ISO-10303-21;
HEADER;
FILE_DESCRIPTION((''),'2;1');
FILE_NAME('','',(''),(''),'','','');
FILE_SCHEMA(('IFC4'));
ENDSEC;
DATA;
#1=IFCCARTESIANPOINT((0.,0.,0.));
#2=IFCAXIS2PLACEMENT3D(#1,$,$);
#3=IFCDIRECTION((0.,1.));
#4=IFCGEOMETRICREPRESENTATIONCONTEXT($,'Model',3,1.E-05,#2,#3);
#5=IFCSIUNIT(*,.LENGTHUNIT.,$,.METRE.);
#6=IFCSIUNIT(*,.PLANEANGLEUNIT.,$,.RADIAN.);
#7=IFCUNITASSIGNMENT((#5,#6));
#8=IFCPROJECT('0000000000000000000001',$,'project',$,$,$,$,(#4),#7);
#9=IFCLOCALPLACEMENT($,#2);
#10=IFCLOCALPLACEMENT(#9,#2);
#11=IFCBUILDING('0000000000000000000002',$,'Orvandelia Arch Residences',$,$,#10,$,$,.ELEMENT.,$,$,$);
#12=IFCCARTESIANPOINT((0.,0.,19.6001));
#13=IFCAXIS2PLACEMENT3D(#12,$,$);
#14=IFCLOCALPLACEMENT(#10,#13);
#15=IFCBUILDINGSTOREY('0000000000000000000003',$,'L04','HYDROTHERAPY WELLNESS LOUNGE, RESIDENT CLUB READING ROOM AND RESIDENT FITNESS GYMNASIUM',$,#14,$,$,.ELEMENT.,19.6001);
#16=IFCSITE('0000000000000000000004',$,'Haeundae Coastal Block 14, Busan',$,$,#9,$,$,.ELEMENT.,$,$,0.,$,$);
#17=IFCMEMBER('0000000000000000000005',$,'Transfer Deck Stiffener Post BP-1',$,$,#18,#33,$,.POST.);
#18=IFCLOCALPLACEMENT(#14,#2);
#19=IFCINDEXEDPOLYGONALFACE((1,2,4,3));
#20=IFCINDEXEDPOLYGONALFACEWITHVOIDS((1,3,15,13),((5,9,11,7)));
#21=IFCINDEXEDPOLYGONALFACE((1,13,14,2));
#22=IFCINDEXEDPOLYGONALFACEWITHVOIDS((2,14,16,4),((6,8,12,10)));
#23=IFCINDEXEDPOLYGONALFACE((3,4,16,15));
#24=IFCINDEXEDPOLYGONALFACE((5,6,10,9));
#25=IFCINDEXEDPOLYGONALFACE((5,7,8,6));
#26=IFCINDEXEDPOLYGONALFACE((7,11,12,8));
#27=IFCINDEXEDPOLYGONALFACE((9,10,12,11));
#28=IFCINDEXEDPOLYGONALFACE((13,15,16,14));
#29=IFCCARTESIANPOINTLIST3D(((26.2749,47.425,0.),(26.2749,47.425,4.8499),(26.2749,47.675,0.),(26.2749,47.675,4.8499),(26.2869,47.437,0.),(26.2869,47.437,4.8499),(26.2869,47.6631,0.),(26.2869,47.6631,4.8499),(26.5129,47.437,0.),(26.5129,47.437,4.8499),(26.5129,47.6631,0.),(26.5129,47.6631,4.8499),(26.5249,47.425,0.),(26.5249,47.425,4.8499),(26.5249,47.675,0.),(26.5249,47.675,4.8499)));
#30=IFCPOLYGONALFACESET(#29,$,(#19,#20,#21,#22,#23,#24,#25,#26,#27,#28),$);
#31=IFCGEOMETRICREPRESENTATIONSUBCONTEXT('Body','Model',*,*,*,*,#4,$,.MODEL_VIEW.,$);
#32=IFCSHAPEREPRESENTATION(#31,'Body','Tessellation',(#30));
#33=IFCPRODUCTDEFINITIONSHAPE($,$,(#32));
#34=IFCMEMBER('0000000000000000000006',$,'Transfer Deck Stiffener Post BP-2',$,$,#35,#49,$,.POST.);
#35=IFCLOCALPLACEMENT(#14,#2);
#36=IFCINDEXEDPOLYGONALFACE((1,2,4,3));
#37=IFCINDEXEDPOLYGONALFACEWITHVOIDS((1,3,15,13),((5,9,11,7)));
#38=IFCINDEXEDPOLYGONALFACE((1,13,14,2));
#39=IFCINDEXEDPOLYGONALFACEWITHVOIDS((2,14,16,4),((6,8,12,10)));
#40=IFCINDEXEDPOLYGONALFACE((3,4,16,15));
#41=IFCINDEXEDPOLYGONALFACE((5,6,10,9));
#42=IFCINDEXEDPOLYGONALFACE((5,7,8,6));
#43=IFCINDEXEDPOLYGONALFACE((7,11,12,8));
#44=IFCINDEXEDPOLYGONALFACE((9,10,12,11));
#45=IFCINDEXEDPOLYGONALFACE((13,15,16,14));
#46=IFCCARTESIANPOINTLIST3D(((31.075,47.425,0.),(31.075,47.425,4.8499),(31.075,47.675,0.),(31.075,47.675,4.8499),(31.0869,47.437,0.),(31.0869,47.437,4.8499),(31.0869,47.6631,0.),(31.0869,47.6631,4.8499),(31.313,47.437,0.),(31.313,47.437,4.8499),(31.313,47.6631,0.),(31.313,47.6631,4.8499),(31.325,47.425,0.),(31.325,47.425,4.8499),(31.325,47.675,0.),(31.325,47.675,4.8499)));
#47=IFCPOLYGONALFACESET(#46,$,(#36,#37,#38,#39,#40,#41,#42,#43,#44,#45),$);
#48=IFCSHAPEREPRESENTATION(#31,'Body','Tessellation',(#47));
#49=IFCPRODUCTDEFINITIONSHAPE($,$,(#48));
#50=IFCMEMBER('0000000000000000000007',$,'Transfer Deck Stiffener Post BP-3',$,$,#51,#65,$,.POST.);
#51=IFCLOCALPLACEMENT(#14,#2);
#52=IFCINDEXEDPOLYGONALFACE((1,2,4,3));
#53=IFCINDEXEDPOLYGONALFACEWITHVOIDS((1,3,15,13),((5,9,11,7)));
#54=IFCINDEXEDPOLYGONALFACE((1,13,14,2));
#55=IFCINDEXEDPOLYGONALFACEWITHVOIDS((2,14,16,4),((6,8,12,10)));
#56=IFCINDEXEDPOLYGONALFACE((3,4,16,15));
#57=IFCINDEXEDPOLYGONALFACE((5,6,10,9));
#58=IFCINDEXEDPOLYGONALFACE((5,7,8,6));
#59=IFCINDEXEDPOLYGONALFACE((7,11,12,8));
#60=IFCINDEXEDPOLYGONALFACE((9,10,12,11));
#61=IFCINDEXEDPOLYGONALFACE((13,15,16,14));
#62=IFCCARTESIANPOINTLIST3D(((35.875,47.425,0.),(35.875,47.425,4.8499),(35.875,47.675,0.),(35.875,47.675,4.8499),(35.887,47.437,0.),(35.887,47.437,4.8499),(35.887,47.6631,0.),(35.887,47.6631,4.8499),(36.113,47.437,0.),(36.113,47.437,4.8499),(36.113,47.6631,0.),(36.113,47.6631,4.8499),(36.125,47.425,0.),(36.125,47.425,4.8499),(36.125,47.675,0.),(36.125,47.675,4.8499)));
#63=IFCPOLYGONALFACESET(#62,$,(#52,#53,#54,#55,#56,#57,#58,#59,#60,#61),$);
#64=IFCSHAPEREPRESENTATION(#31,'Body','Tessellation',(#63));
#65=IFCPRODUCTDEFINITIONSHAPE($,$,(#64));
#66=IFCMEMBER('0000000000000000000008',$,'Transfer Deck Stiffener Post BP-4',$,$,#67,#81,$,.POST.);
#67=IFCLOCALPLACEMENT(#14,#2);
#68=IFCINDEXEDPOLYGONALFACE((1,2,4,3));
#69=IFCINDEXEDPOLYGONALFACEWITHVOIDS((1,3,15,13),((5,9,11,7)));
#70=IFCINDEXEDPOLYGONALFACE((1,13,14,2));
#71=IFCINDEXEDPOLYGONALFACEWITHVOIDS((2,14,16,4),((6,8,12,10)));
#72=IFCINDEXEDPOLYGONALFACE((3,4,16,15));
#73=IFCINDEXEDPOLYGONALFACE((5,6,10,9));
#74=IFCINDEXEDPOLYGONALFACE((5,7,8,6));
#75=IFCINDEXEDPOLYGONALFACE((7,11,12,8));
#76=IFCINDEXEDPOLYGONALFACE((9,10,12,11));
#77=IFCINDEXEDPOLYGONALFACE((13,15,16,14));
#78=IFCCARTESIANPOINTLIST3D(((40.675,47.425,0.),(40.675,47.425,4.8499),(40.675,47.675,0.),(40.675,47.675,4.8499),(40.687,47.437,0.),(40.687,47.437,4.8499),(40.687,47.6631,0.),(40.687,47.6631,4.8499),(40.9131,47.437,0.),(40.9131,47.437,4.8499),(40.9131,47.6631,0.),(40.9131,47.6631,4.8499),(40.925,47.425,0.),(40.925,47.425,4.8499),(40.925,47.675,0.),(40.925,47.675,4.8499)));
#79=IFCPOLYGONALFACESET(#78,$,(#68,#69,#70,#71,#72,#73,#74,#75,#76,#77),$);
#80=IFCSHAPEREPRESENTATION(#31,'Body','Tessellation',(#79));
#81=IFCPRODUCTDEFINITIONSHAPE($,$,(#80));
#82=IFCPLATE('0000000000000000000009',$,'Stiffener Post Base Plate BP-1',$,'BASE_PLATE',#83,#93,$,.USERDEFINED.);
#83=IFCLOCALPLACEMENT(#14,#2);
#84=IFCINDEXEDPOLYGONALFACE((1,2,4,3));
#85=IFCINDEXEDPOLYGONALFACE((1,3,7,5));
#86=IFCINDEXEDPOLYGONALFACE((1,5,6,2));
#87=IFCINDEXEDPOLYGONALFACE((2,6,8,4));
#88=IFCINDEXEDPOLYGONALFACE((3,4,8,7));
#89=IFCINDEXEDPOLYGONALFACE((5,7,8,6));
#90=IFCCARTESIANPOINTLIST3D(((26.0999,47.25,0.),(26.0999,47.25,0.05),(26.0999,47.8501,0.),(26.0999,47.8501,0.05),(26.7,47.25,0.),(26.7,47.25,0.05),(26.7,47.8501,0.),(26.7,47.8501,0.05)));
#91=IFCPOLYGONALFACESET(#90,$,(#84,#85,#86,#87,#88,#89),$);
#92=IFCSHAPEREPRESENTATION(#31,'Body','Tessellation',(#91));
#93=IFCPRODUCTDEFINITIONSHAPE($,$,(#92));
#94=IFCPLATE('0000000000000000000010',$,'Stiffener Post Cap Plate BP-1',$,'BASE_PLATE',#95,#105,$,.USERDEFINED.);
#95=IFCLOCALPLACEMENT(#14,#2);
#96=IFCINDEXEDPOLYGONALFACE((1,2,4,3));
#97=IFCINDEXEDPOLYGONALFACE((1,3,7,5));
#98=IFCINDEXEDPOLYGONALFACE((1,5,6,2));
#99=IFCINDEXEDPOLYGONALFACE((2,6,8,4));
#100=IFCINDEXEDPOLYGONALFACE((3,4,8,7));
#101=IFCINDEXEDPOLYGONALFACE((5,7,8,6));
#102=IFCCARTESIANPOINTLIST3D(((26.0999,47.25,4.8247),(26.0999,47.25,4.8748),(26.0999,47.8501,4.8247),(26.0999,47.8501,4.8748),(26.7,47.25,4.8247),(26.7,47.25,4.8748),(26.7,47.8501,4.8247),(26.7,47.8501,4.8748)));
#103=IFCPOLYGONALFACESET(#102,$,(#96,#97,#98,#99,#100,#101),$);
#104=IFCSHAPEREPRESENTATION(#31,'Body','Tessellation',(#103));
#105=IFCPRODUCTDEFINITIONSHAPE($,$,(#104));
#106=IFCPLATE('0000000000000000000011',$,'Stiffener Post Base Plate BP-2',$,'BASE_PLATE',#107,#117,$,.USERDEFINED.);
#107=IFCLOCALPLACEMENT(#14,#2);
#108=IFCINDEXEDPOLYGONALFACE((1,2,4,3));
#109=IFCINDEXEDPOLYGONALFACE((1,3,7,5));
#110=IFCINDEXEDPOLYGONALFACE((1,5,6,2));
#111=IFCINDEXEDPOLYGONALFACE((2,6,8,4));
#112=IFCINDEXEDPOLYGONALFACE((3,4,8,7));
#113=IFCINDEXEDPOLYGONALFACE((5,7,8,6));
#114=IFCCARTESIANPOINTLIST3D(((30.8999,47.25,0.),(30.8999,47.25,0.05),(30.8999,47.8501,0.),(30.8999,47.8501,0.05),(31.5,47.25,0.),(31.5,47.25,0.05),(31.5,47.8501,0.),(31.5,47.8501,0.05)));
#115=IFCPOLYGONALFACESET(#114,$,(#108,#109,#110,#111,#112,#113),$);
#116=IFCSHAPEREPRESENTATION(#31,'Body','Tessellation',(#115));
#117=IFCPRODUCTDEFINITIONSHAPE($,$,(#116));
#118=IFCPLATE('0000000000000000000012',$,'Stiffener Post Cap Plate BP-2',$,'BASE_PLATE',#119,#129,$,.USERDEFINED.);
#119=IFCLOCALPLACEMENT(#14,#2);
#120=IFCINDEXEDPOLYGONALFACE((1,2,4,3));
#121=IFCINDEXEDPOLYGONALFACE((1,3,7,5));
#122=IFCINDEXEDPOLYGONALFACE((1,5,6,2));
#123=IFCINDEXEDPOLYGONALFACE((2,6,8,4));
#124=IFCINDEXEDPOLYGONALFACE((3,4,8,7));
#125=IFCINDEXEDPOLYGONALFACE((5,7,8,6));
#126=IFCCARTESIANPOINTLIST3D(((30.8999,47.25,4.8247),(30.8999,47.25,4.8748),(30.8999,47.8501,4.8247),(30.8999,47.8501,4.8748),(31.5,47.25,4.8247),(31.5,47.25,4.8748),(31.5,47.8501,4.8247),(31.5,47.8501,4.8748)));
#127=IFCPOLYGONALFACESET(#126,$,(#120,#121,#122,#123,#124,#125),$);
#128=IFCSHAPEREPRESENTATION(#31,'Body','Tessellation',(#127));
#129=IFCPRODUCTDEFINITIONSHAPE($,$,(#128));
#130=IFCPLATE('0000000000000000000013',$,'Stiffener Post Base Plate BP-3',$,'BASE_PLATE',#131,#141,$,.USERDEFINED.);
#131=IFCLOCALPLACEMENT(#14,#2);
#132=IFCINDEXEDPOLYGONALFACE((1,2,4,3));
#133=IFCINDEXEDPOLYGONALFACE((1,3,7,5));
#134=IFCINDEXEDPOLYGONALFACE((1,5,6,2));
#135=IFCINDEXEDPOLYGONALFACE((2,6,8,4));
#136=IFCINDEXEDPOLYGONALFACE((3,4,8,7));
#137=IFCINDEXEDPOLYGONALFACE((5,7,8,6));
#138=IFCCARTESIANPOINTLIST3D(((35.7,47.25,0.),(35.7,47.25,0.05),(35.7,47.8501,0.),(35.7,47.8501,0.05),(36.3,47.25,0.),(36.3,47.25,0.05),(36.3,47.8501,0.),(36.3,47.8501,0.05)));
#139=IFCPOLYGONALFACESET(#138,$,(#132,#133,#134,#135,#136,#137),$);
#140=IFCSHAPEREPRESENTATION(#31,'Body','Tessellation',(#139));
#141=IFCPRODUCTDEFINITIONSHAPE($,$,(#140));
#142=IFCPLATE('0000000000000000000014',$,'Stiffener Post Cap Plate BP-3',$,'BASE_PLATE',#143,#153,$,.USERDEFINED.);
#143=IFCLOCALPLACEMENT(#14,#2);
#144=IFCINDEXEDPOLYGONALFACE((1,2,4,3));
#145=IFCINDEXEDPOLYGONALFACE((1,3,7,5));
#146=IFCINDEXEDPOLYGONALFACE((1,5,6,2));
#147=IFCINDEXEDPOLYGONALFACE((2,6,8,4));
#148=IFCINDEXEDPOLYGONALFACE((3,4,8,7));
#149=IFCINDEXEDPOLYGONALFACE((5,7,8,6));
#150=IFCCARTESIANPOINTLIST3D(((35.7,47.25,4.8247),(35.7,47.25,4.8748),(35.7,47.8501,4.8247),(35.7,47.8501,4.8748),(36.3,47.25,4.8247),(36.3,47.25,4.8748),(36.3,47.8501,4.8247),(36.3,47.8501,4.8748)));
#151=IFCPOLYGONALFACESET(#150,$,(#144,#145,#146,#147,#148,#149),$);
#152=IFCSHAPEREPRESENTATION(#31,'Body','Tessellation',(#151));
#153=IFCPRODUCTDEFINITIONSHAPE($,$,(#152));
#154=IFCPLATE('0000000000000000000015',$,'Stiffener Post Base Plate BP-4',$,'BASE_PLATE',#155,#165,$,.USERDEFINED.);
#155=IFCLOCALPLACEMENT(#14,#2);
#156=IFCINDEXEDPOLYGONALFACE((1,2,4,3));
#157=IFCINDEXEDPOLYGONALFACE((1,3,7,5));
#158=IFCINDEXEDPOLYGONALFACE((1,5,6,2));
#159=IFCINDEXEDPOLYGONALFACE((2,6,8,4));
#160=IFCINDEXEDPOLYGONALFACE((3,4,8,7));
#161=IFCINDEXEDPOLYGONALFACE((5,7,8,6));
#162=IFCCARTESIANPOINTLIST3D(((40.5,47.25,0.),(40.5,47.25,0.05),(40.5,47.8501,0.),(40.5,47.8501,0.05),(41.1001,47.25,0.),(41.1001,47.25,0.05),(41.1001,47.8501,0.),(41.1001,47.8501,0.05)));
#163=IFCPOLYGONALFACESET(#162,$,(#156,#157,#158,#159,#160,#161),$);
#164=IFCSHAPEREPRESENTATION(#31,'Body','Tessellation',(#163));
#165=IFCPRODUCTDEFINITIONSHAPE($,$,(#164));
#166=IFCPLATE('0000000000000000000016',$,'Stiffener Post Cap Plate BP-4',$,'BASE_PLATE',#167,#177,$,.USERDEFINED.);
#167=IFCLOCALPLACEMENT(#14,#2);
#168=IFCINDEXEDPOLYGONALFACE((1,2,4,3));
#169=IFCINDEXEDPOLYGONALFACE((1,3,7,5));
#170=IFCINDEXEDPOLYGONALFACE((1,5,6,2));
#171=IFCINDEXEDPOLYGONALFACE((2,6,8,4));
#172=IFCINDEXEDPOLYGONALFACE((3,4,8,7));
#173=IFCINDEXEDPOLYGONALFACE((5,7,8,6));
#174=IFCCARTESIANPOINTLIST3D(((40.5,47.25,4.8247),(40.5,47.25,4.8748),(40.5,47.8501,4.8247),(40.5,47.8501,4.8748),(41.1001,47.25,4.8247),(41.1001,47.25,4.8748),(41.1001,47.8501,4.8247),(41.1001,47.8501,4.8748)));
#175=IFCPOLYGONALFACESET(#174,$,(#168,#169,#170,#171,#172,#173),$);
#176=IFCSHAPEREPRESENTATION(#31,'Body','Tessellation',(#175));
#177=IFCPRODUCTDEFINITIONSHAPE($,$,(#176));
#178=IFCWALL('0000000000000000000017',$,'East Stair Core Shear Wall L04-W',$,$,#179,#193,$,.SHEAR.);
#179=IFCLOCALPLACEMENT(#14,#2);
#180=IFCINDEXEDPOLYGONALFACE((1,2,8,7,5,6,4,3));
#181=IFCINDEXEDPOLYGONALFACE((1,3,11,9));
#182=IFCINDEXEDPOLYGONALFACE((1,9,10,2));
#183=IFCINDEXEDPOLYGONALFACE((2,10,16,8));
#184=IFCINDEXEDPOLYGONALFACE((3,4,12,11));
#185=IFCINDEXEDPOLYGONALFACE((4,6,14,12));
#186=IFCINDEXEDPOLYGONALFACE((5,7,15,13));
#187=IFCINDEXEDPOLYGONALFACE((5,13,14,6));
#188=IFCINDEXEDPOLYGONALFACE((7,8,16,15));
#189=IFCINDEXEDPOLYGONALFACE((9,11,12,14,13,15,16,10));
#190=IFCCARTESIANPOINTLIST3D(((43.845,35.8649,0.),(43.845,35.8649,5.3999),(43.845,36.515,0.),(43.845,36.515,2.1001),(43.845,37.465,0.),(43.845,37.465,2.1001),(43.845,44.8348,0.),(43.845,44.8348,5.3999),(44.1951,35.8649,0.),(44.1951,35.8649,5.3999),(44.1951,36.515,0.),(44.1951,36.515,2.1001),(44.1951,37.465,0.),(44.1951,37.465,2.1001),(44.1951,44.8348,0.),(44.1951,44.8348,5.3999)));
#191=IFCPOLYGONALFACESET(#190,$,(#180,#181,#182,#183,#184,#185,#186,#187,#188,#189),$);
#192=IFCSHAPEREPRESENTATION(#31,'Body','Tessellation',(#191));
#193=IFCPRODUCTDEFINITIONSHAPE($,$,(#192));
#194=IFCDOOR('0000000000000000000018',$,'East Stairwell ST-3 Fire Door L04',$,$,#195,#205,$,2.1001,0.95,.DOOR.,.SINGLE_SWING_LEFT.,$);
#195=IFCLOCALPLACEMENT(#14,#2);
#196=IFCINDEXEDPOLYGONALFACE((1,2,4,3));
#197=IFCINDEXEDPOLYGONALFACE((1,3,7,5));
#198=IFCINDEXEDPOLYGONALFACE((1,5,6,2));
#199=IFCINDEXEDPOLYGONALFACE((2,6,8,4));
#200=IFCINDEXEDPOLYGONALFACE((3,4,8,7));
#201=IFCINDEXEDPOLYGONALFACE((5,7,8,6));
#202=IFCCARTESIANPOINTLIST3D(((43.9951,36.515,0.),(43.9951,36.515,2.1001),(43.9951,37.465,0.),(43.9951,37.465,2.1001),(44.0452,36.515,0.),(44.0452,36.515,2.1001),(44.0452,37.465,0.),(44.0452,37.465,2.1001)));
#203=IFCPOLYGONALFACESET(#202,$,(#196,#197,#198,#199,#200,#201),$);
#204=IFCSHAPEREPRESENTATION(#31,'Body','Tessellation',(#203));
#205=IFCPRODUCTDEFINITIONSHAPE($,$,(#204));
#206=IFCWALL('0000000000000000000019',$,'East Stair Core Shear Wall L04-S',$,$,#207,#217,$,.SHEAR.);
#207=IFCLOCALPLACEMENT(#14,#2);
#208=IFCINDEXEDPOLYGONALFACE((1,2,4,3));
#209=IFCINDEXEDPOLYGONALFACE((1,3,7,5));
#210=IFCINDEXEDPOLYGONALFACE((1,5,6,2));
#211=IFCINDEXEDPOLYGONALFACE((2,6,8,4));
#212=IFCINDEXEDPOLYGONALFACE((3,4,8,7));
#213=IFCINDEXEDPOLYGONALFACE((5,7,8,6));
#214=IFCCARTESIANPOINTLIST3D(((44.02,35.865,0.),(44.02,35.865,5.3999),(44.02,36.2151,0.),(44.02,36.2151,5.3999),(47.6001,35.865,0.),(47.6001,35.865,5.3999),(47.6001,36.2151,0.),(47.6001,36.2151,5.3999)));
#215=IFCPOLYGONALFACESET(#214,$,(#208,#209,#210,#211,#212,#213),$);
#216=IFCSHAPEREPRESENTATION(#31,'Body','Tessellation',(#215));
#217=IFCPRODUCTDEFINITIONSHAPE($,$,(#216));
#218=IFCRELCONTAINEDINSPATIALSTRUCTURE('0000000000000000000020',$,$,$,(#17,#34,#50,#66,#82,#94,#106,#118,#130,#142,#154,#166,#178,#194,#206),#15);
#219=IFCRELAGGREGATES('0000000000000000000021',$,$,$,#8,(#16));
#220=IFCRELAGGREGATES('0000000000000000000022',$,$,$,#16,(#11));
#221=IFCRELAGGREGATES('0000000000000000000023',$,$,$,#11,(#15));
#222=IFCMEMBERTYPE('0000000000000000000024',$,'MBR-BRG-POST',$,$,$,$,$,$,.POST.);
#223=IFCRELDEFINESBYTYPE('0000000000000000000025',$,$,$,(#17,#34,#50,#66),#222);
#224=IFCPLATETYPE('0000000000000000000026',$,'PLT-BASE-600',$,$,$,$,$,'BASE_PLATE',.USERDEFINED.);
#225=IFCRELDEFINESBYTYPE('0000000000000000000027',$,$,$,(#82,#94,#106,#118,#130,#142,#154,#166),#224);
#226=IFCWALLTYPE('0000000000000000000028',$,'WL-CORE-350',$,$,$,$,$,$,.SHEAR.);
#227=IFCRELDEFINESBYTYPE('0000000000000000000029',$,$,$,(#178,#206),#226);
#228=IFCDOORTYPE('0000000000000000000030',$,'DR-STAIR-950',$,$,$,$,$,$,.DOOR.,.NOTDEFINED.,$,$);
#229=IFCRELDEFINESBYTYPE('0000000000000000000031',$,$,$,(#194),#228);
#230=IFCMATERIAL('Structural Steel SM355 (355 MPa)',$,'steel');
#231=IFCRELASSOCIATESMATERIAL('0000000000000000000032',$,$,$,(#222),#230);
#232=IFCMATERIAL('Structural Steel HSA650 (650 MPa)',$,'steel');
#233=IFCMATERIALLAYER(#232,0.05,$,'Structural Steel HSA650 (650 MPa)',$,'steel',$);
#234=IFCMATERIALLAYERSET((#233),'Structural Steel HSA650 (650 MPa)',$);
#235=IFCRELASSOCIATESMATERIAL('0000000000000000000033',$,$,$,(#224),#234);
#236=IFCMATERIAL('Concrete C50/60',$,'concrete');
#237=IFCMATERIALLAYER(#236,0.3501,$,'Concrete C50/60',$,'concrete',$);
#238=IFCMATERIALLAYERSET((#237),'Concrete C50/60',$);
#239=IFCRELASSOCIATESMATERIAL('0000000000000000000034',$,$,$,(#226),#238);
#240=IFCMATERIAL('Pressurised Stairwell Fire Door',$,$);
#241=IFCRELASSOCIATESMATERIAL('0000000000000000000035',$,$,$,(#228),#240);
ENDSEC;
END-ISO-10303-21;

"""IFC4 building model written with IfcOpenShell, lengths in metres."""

from ifc_helpers import new_model, si_unit, direction, frame, frame_2d, origin, origin_2d, place, context, subcontext, project, spatial, rectangle, hollow_rectangle, extrude, material, layer, layer_set, material_profile, profile_set, type_object, element, fill, save


model = new_model("IFC4")

# Units and contexts
model_context = context("Model", 3, precision=1e-05, world=origin(), true_north=direction((0.0, 1.0)))
body_context = subcontext(model_context, "Body", "Model", "MODEL_VIEW")
ifc_project = project(units=[si_unit("LENGTHUNIT", "METRE"), si_unit("PLANEANGLEUNIT", "RADIAN")], contexts=[model_context])

# Site, building, storey
site_placement = place(None, origin())
site = spatial("IfcSite", under=ifc_project, at=site_placement, Name="Haeundae Coastal Block 14, Busan", CompositionType="ELEMENT", RefElevation=0.0)
building_placement = place(site_placement, origin())
building = spatial("IfcBuilding", under=site, at=building_placement, Name="Orvandelia Arch Residences", CompositionType="ELEMENT")
storey_placement = place(building_placement, frame((0.0, 0.0, 19.6001)))
storey = spatial("IfcBuildingStorey", under=building, at=storey_placement, Name="L04", Description="HYDROTHERAPY WELLNESS LOUNGE, RESIDENT CLUB READING ROOM AND RESIDENT FITNESS GYMNASIUM", CompositionType="ELEMENT", Elevation=19.6001)

# Shared definitions
ifc_material_1 = material(Name="Structural Steel HSA650 (650 MPa)", Category="steel")

# Members
ifc_material_2 = material(Name="Structural Steel SM355 (355 MPa)", Category="steel")
ifc_material_profile_1 = material_profile(ifc_material_2, hollow_rectangle(XDim=0.25, YDim=0.25, WallThickness=0.012, at=origin_2d()), Name="Structural Steel SM355 (355 MPa)", Category="steel")
ifc_profile_set_1 = profile_set([ifc_material_profile_1], Name="Structural Steel SM355 (355 MPa)")
member_type = type_object("IfcMemberType", Name="MBR-BRG-POST", PredefinedType="POST", material=ifc_profile_set_1)
for number, where, z_axis, x_axis, name in (
    (1, (26.3999, 47.55, 0.0), (0.0, 0.0, 1.0), (1.0, 0.0, 0.0), "Transfer Deck Stiffener Post BP-1"),
    (2, (31.2, 47.55, 0.0), (0.0, 0.0, 1.0), (1.0, 0.0, 0.0), "Transfer Deck Stiffener Post BP-2"),
    (3, (36.0, 47.55, 0.0), (0.0, 0.0, 1.0), (1.0, 0.0, 0.0), "Transfer Deck Stiffener Post BP-3"),
    (4, (40.8, 47.55, 0.0), (0.0, 0.0, 1.0), (1.0, 0.0, 0.0), "Transfer Deck Stiffener Post BP-4"),
):
    element("IfcMember", number, at=place(storey_placement, frame(where, z_axis=z_axis, x_axis=x_axis)), inside=storey, type_object=member_type, Name=name, PredefinedType="POST", context=body_context, shape_type="SweptSolid", body=[
        extrude(hollow_rectangle(XDim=0.25, YDim=0.25, WallThickness=0.012, at=origin_2d()), origin(), (0.0, 0.0, 1.0), 4.8499),
    ])

# Plates
ifc_layer_1 = layer(ifc_material_1, 0.05, Name="Structural Steel HSA650 (650 MPa)", Category="steel")
ifc_layer_set_1 = layer_set([ifc_layer_1], Name="Structural Steel HSA650 (650 MPa)")
plate_type = type_object("IfcPlateType", Name="PLT-BASE-600", ElementType="BASE_PLATE", PredefinedType="USERDEFINED", material=ifc_layer_set_1)
for number, where, z_axis, x_axis, name in (
    (5, (26.3999, 47.55, 0.0), (0.0, 0.0, 1.0), (1.0, 0.0, 0.0), "Stiffener Post Base Plate BP-1"),
    (6, (26.3999, 47.55, 4.8247), (0.0, 0.0, 1.0), (1.0, 0.0, 0.0), "Stiffener Post Cap Plate BP-1"),
    (7, (31.2, 47.55, 0.0), (0.0, 0.0, 1.0), (1.0, 0.0, 0.0), "Stiffener Post Base Plate BP-2"),
    (8, (31.2, 47.55, 4.8247), (0.0, 0.0, 1.0), (1.0, 0.0, 0.0), "Stiffener Post Cap Plate BP-2"),
    (9, (36.0, 47.55, 0.0), (0.0, 0.0, 1.0), (1.0, 0.0, 0.0), "Stiffener Post Base Plate BP-3"),
    (10, (36.0, 47.55, 4.8247), (0.0, 0.0, 1.0), (1.0, 0.0, 0.0), "Stiffener Post Cap Plate BP-3"),
    (11, (40.8, 47.55, 0.0), (0.0, 0.0, 1.0), (1.0, 0.0, 0.0), "Stiffener Post Base Plate BP-4"),
    (12, (40.8, 47.55, 4.8247), (0.0, 0.0, 1.0), (1.0, 0.0, 0.0), "Stiffener Post Cap Plate BP-4"),
):
    element("IfcPlate", number, at=place(storey_placement, frame(where, z_axis=z_axis, x_axis=x_axis)), inside=storey, type_object=plate_type, Name=name, ObjectType="BASE_PLATE", PredefinedType="USERDEFINED", context=body_context, shape_type="SweptSolid", body=[
        extrude(rectangle(XDim=0.6001, YDim=0.6001, at=origin_2d()), origin(), (0.0, 0.0, 1.0), 0.05),
    ])

# Wall, opening, door
ifc_material_3 = material(Name="Concrete C50/60", Category="concrete")
ifc_layer_2 = layer(ifc_material_3, 0.3501, Name="Concrete C50/60", Category="concrete")
ifc_layer_set_2 = layer_set([ifc_layer_2], Name="Concrete C50/60")
wall_type_1 = type_object("IfcWallType", Name="WL-CORE-350", PredefinedType="SHEAR", material=ifc_layer_set_2)
wall_1_placement = place(storey_placement, frame((44.02, 35.865, 0.0), z_axis=(0.0, 0.0, 1.0), x_axis=(0.0, 1.0, 0.0)))
wall_1 = element("IfcWall", 13, at=wall_1_placement, inside=storey, type_object=wall_type_1, Name="East Stair Core Shear Wall L04-W", PredefinedType="SHEAR", context=body_context, shape_type="SweptSolid", body=[
    extrude(rectangle(XDim=8.97, YDim=0.3501, at=frame_2d((4.4849, 0.0))), origin(), (0.0, 0.0, 1.0), 5.3999),
])
opening_placement = place(wall_1_placement, frame((0.6499, 0.0, 0.0)))
opening = element("IfcOpeningElement", 14, at=opening_placement, cuts=wall_1, PredefinedType="OPENING", context=body_context, shape_type="SweptSolid", body=[
    extrude(rectangle(XDim=0.95, YDim=2.1001, at=frame_2d((0.4751, 1.05))), frame((0.0, 0.1851, 0.0), z_axis=(0.0, -1.0, 0.0), x_axis=(1.0, 0.0, 0.0)), (0.0, 0.0, 1.0), 0.3701),
])
ifc_material_4 = material(Name="Pressurised Stairwell Fire Door")
door_type = type_object("IfcDoorType", Name="DR-STAIR-950", OperationType="NOTDEFINED", PredefinedType="DOOR", material=ifc_material_4)
door_placement = place(opening_placement, origin())
door = element("IfcDoor", 15, at=door_placement, inside=storey, type_object=door_type, Name="East Stairwell ST-3 Fire Door L04", OperationType="SINGLE_SWING_LEFT", OverallHeight=2.1001, OverallWidth=0.95, PredefinedType="DOOR", context=body_context, shape_type="SweptSolid", body=[
    extrude(rectangle(XDim=0.95, YDim=2.1001, at=frame_2d((0.4751, 1.05))), frame((0.0, 0.0249, 0.0), z_axis=(0.0, -1.0, 0.0), x_axis=(1.0, 0.0, 0.0)), (0.0, 0.0, 1.0), 0.05),
])
fill(opening, door)

# Wall
for number, where, z_axis, x_axis, name in (
    (16, (44.02, 36.04, 0.0), (0.0, 0.0, 1.0), (1.0, 0.0, 0.0), "East Stair Core Shear Wall L04-S"),
):
    element("IfcWall", number, at=place(storey_placement, frame(where, z_axis=z_axis, x_axis=x_axis)), inside=storey, type_object=wall_type_1, Name=name, PredefinedType="SHEAR", context=body_context, shape_type="SweptSolid", body=[
        extrude(rectangle(XDim=3.5801, YDim=0.3501, at=frame_2d((1.79, 0.0))), origin(), (0.0, 0.0, 1.0), 5.3999),
    ])

save(model, "model.ifc")
